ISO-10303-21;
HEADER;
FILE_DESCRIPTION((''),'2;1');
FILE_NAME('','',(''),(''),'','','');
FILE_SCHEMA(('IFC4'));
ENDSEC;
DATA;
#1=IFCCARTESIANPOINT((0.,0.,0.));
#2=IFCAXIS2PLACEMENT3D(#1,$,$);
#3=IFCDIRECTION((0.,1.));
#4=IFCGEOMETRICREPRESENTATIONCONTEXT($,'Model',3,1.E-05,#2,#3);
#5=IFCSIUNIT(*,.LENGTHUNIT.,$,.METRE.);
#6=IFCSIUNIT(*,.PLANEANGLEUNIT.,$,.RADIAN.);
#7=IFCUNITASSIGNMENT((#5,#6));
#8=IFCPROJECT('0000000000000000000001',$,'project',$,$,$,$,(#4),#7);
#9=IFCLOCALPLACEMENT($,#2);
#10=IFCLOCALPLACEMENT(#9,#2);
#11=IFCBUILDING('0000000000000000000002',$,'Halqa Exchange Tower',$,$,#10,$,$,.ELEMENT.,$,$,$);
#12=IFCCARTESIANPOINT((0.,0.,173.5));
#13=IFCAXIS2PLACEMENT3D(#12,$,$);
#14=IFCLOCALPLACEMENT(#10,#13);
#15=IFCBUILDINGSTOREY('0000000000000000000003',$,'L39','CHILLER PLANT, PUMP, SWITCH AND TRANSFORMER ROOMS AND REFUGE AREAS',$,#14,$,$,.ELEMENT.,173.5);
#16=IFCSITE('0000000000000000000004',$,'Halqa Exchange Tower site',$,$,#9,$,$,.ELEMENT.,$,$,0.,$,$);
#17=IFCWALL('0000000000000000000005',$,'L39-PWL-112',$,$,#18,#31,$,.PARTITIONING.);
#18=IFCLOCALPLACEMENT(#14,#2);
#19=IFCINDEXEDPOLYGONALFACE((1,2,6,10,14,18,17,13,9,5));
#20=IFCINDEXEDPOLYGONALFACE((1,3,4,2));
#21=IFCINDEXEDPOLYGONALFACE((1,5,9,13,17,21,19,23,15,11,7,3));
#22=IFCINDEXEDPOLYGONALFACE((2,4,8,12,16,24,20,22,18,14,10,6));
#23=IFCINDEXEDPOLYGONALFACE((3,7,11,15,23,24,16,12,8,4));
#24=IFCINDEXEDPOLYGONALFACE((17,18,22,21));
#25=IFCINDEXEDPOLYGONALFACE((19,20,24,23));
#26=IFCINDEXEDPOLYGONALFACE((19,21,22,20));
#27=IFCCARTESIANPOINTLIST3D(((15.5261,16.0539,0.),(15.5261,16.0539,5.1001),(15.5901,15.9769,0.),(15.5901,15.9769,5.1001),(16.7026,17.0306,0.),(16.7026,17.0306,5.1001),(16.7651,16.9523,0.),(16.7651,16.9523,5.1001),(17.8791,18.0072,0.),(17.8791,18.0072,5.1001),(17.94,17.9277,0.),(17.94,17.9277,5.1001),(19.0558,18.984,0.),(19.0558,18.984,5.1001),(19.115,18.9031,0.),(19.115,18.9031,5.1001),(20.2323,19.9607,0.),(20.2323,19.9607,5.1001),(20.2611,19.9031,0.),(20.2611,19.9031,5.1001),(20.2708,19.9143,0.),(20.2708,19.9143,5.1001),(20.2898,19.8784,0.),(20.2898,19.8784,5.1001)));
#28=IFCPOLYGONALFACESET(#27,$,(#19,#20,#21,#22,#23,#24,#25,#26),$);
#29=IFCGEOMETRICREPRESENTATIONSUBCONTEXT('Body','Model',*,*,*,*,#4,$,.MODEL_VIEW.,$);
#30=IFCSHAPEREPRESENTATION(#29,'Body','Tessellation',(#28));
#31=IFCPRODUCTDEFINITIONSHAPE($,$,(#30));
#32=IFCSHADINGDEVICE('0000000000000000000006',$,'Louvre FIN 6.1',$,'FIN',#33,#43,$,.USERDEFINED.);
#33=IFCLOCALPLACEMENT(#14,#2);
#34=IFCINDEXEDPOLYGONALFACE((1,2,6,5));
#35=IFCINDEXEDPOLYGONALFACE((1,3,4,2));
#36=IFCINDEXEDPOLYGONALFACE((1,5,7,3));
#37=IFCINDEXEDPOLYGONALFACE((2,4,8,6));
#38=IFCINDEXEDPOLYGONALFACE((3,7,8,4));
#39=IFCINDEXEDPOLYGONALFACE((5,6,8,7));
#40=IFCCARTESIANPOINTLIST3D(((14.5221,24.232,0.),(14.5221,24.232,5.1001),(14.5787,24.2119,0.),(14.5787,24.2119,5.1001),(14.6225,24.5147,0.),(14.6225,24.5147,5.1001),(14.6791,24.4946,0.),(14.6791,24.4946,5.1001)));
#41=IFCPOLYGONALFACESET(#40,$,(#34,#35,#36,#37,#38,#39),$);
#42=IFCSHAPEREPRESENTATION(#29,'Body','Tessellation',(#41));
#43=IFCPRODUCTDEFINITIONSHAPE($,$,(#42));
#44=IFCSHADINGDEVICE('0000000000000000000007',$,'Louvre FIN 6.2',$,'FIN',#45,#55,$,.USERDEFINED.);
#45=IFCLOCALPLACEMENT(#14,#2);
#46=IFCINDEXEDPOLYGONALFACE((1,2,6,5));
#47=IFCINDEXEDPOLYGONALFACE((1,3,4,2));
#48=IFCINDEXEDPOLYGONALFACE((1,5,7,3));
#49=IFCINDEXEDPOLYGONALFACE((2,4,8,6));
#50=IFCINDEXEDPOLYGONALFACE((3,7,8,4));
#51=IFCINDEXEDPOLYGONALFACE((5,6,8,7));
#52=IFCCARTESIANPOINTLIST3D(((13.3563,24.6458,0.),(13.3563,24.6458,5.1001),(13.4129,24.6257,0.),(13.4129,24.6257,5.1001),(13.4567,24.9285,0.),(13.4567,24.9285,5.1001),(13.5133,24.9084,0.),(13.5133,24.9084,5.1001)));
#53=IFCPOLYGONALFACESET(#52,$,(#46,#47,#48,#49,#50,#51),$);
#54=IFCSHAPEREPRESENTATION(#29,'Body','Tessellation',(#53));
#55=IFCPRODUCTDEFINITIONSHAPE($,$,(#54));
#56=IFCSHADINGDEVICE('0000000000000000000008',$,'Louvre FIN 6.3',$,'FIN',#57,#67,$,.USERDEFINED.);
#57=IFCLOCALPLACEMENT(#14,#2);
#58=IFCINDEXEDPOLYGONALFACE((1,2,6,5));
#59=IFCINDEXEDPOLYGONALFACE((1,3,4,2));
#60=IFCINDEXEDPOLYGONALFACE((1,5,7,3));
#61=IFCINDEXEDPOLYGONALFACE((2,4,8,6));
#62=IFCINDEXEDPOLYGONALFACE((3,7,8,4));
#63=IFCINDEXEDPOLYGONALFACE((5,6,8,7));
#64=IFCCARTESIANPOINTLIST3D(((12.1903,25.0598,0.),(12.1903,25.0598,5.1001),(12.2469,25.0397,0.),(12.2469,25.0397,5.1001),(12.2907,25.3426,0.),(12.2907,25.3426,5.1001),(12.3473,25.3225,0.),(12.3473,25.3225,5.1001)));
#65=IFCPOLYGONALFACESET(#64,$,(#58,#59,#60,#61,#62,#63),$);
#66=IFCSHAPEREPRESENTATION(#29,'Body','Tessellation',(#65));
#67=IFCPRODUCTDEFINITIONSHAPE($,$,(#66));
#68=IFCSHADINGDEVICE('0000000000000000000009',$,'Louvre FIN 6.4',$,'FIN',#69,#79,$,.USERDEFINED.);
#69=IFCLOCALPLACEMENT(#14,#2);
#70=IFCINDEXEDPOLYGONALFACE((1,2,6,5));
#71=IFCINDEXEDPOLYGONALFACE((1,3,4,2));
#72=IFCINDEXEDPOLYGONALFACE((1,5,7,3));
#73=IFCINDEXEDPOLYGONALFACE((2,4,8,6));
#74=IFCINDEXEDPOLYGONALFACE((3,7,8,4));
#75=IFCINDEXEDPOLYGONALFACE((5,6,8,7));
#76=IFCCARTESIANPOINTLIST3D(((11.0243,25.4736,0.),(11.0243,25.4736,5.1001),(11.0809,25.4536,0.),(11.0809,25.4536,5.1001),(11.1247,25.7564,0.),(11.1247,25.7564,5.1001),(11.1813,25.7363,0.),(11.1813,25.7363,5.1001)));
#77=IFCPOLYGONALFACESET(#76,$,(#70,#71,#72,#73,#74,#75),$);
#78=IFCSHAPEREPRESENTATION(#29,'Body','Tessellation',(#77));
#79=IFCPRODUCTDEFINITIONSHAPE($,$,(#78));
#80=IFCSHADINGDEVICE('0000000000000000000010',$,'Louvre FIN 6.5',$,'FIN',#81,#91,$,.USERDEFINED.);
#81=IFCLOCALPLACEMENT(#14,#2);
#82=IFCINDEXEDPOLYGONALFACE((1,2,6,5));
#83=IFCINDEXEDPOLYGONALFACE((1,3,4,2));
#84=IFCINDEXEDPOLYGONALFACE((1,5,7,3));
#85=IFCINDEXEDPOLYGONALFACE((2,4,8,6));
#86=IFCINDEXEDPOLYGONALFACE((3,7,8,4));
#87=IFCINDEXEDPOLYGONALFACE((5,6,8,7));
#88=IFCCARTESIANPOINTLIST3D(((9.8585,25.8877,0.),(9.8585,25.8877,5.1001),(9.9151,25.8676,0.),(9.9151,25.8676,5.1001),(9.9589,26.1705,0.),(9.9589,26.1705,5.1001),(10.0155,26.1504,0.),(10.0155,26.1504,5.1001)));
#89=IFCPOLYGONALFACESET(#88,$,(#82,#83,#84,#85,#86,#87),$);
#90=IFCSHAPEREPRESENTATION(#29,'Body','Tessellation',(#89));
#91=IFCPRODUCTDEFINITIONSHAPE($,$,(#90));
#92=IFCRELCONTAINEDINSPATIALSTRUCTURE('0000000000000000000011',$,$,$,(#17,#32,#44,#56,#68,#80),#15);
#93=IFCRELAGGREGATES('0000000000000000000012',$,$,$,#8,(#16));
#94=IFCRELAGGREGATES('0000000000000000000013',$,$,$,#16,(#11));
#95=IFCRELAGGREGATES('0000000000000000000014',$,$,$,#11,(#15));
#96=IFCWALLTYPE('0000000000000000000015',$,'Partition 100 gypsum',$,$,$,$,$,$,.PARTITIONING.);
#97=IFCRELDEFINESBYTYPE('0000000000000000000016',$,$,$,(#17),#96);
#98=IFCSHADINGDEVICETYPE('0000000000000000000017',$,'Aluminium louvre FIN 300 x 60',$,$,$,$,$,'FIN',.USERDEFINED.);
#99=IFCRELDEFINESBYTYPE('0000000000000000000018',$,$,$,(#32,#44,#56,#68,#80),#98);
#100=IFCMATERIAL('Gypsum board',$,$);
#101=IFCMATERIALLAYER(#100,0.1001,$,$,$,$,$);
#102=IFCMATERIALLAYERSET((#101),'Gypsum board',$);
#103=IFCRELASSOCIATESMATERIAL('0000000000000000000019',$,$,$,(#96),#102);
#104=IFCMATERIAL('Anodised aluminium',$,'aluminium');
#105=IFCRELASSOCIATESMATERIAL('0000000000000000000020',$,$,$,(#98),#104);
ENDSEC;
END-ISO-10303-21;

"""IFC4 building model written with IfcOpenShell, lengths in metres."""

from ifc_helpers import new_model, si_unit, direction, frame, origin, origin_2d, place, context, subcontext, project, spatial, polyline, rectangle, outline, extrude, material, layer, layer_set, material_profile, profile_set, type_object, element, save


model = new_model("IFC4")

# Units and contexts
model_context = context("Model", 3, precision=1e-05, world=origin(), true_north=direction((0.0, 1.0)))
body_context = subcontext(model_context, "Body", "Model", "MODEL_VIEW")
ifc_project = project(units=[si_unit("LENGTHUNIT", "METRE"), si_unit("PLANEANGLEUNIT", "RADIAN")], contexts=[model_context])

# Site, building, storey
site_placement = place(None, origin())
site = spatial("IfcSite", under=ifc_project, at=site_placement, Name="Halqa Exchange Tower site", CompositionType="ELEMENT", RefElevation=0.0)
building_placement = place(site_placement, origin())
building = spatial("IfcBuilding", under=site, at=building_placement, Name="Halqa Exchange Tower", CompositionType="ELEMENT")
storey_placement = place(building_placement, frame((0.0, 0.0, 173.5)))
storey = spatial("IfcBuildingStorey", under=building, at=storey_placement, Name="L39", Description="CHILLER PLANT, PUMP, SWITCH AND TRANSFORMER ROOMS AND REFUGE AREAS", CompositionType="ELEMENT", Elevation=173.5)

# Wall
ifc_material_1 = material(Name="Gypsum board")
ifc_layer_1 = layer(ifc_material_1, 0.1001)
ifc_layer_set_1 = layer_set([ifc_layer_1], Name="Gypsum board")
wall_type_1 = type_object("IfcWallType", Name="Partition 100 gypsum", PredefinedType="PARTITIONING", material=ifc_layer_set_1)
wall_1_placement = place(storey_placement, frame((15.5581, 16.0154, 0.0), z_axis=(0.0, 0.0, 1.0), x_axis=(0.769424, 0.638738, 0.0)))
element("IfcWall", 1, at=wall_1_placement, inside=storey, type_object=wall_type_1, Name="L39-PWL-112", PredefinedType="PARTITIONING", context=body_context, shape_type="SweptSolid", body=[
    extrude(outline(polyline([(0.0, -0.05), (1.5271, -0.05), (3.0542, -0.05), (4.5813, -0.05), (6.1082, -0.05), (6.1018, -0.0127), (6.1165, -0.0103), (6.1165, 0.05), (4.5874, 0.05), (3.0581, 0.05), (1.5291, 0.05), (0.0, 0.05), (0.0, -0.05)])), origin(), (0.0, 0.0, 1.0), 5.1001),
])

# Shading devices
ifc_material_2 = material(Name="Anodised aluminium", Category="aluminium")
ifc_material_profile_1 = material_profile(ifc_material_2, rectangle(XDim=0.3, YDim=0.0601, at=origin_2d()), Name="AL FIN 300x60")
ifc_profile_set_1 = profile_set([ifc_material_profile_1], Name="Anodised aluminium")
shading_device_type = type_object("IfcShadingDeviceType", Name="Aluminium louvre FIN 300 x 60", ElementType="FIN", PredefinedType="USERDEFINED", material=ifc_profile_set_1)
for number, where, z_axis, x_axis, name in (
    (2, (14.6006, 24.3633, 0.0), (0.0, 0.0, 1.0), (-0.33458, -0.942367, 0.0), "Louvre FIN 6.1"),
    (3, (13.4348, 24.7771, 0.0), (0.0, 0.0, 1.0), (-0.33458, -0.942367, 0.0), "Louvre FIN 6.2"),
    (4, (12.2688, 25.1912, 0.0), (0.0, 0.0, 1.0), (-0.33458, -0.942367, 0.0), "Louvre FIN 6.3"),
    (5, (11.1028, 25.605, 0.0), (0.0, 0.0, 1.0), (-0.33458, -0.942367, 0.0), "Louvre FIN 6.4"),
    (6, (9.937, 26.019, 0.0), (0.0, 0.0, 1.0), (-0.33458, -0.942367, 0.0), "Louvre FIN 6.5"),
):
    element("IfcShadingDevice", number, at=place(storey_placement, frame(where, z_axis=z_axis, x_axis=x_axis)), inside=storey, type_object=shading_device_type, Name=name, ObjectType="FIN", PredefinedType="USERDEFINED", context=body_context, shape_type="SweptSolid", body=[
        extrude(rectangle(XDim=0.3, YDim=0.0601, at=origin_2d()), origin(), (0.0, 0.0, 1.0), 5.1001),
    ])

save(model, "model.ifc")
